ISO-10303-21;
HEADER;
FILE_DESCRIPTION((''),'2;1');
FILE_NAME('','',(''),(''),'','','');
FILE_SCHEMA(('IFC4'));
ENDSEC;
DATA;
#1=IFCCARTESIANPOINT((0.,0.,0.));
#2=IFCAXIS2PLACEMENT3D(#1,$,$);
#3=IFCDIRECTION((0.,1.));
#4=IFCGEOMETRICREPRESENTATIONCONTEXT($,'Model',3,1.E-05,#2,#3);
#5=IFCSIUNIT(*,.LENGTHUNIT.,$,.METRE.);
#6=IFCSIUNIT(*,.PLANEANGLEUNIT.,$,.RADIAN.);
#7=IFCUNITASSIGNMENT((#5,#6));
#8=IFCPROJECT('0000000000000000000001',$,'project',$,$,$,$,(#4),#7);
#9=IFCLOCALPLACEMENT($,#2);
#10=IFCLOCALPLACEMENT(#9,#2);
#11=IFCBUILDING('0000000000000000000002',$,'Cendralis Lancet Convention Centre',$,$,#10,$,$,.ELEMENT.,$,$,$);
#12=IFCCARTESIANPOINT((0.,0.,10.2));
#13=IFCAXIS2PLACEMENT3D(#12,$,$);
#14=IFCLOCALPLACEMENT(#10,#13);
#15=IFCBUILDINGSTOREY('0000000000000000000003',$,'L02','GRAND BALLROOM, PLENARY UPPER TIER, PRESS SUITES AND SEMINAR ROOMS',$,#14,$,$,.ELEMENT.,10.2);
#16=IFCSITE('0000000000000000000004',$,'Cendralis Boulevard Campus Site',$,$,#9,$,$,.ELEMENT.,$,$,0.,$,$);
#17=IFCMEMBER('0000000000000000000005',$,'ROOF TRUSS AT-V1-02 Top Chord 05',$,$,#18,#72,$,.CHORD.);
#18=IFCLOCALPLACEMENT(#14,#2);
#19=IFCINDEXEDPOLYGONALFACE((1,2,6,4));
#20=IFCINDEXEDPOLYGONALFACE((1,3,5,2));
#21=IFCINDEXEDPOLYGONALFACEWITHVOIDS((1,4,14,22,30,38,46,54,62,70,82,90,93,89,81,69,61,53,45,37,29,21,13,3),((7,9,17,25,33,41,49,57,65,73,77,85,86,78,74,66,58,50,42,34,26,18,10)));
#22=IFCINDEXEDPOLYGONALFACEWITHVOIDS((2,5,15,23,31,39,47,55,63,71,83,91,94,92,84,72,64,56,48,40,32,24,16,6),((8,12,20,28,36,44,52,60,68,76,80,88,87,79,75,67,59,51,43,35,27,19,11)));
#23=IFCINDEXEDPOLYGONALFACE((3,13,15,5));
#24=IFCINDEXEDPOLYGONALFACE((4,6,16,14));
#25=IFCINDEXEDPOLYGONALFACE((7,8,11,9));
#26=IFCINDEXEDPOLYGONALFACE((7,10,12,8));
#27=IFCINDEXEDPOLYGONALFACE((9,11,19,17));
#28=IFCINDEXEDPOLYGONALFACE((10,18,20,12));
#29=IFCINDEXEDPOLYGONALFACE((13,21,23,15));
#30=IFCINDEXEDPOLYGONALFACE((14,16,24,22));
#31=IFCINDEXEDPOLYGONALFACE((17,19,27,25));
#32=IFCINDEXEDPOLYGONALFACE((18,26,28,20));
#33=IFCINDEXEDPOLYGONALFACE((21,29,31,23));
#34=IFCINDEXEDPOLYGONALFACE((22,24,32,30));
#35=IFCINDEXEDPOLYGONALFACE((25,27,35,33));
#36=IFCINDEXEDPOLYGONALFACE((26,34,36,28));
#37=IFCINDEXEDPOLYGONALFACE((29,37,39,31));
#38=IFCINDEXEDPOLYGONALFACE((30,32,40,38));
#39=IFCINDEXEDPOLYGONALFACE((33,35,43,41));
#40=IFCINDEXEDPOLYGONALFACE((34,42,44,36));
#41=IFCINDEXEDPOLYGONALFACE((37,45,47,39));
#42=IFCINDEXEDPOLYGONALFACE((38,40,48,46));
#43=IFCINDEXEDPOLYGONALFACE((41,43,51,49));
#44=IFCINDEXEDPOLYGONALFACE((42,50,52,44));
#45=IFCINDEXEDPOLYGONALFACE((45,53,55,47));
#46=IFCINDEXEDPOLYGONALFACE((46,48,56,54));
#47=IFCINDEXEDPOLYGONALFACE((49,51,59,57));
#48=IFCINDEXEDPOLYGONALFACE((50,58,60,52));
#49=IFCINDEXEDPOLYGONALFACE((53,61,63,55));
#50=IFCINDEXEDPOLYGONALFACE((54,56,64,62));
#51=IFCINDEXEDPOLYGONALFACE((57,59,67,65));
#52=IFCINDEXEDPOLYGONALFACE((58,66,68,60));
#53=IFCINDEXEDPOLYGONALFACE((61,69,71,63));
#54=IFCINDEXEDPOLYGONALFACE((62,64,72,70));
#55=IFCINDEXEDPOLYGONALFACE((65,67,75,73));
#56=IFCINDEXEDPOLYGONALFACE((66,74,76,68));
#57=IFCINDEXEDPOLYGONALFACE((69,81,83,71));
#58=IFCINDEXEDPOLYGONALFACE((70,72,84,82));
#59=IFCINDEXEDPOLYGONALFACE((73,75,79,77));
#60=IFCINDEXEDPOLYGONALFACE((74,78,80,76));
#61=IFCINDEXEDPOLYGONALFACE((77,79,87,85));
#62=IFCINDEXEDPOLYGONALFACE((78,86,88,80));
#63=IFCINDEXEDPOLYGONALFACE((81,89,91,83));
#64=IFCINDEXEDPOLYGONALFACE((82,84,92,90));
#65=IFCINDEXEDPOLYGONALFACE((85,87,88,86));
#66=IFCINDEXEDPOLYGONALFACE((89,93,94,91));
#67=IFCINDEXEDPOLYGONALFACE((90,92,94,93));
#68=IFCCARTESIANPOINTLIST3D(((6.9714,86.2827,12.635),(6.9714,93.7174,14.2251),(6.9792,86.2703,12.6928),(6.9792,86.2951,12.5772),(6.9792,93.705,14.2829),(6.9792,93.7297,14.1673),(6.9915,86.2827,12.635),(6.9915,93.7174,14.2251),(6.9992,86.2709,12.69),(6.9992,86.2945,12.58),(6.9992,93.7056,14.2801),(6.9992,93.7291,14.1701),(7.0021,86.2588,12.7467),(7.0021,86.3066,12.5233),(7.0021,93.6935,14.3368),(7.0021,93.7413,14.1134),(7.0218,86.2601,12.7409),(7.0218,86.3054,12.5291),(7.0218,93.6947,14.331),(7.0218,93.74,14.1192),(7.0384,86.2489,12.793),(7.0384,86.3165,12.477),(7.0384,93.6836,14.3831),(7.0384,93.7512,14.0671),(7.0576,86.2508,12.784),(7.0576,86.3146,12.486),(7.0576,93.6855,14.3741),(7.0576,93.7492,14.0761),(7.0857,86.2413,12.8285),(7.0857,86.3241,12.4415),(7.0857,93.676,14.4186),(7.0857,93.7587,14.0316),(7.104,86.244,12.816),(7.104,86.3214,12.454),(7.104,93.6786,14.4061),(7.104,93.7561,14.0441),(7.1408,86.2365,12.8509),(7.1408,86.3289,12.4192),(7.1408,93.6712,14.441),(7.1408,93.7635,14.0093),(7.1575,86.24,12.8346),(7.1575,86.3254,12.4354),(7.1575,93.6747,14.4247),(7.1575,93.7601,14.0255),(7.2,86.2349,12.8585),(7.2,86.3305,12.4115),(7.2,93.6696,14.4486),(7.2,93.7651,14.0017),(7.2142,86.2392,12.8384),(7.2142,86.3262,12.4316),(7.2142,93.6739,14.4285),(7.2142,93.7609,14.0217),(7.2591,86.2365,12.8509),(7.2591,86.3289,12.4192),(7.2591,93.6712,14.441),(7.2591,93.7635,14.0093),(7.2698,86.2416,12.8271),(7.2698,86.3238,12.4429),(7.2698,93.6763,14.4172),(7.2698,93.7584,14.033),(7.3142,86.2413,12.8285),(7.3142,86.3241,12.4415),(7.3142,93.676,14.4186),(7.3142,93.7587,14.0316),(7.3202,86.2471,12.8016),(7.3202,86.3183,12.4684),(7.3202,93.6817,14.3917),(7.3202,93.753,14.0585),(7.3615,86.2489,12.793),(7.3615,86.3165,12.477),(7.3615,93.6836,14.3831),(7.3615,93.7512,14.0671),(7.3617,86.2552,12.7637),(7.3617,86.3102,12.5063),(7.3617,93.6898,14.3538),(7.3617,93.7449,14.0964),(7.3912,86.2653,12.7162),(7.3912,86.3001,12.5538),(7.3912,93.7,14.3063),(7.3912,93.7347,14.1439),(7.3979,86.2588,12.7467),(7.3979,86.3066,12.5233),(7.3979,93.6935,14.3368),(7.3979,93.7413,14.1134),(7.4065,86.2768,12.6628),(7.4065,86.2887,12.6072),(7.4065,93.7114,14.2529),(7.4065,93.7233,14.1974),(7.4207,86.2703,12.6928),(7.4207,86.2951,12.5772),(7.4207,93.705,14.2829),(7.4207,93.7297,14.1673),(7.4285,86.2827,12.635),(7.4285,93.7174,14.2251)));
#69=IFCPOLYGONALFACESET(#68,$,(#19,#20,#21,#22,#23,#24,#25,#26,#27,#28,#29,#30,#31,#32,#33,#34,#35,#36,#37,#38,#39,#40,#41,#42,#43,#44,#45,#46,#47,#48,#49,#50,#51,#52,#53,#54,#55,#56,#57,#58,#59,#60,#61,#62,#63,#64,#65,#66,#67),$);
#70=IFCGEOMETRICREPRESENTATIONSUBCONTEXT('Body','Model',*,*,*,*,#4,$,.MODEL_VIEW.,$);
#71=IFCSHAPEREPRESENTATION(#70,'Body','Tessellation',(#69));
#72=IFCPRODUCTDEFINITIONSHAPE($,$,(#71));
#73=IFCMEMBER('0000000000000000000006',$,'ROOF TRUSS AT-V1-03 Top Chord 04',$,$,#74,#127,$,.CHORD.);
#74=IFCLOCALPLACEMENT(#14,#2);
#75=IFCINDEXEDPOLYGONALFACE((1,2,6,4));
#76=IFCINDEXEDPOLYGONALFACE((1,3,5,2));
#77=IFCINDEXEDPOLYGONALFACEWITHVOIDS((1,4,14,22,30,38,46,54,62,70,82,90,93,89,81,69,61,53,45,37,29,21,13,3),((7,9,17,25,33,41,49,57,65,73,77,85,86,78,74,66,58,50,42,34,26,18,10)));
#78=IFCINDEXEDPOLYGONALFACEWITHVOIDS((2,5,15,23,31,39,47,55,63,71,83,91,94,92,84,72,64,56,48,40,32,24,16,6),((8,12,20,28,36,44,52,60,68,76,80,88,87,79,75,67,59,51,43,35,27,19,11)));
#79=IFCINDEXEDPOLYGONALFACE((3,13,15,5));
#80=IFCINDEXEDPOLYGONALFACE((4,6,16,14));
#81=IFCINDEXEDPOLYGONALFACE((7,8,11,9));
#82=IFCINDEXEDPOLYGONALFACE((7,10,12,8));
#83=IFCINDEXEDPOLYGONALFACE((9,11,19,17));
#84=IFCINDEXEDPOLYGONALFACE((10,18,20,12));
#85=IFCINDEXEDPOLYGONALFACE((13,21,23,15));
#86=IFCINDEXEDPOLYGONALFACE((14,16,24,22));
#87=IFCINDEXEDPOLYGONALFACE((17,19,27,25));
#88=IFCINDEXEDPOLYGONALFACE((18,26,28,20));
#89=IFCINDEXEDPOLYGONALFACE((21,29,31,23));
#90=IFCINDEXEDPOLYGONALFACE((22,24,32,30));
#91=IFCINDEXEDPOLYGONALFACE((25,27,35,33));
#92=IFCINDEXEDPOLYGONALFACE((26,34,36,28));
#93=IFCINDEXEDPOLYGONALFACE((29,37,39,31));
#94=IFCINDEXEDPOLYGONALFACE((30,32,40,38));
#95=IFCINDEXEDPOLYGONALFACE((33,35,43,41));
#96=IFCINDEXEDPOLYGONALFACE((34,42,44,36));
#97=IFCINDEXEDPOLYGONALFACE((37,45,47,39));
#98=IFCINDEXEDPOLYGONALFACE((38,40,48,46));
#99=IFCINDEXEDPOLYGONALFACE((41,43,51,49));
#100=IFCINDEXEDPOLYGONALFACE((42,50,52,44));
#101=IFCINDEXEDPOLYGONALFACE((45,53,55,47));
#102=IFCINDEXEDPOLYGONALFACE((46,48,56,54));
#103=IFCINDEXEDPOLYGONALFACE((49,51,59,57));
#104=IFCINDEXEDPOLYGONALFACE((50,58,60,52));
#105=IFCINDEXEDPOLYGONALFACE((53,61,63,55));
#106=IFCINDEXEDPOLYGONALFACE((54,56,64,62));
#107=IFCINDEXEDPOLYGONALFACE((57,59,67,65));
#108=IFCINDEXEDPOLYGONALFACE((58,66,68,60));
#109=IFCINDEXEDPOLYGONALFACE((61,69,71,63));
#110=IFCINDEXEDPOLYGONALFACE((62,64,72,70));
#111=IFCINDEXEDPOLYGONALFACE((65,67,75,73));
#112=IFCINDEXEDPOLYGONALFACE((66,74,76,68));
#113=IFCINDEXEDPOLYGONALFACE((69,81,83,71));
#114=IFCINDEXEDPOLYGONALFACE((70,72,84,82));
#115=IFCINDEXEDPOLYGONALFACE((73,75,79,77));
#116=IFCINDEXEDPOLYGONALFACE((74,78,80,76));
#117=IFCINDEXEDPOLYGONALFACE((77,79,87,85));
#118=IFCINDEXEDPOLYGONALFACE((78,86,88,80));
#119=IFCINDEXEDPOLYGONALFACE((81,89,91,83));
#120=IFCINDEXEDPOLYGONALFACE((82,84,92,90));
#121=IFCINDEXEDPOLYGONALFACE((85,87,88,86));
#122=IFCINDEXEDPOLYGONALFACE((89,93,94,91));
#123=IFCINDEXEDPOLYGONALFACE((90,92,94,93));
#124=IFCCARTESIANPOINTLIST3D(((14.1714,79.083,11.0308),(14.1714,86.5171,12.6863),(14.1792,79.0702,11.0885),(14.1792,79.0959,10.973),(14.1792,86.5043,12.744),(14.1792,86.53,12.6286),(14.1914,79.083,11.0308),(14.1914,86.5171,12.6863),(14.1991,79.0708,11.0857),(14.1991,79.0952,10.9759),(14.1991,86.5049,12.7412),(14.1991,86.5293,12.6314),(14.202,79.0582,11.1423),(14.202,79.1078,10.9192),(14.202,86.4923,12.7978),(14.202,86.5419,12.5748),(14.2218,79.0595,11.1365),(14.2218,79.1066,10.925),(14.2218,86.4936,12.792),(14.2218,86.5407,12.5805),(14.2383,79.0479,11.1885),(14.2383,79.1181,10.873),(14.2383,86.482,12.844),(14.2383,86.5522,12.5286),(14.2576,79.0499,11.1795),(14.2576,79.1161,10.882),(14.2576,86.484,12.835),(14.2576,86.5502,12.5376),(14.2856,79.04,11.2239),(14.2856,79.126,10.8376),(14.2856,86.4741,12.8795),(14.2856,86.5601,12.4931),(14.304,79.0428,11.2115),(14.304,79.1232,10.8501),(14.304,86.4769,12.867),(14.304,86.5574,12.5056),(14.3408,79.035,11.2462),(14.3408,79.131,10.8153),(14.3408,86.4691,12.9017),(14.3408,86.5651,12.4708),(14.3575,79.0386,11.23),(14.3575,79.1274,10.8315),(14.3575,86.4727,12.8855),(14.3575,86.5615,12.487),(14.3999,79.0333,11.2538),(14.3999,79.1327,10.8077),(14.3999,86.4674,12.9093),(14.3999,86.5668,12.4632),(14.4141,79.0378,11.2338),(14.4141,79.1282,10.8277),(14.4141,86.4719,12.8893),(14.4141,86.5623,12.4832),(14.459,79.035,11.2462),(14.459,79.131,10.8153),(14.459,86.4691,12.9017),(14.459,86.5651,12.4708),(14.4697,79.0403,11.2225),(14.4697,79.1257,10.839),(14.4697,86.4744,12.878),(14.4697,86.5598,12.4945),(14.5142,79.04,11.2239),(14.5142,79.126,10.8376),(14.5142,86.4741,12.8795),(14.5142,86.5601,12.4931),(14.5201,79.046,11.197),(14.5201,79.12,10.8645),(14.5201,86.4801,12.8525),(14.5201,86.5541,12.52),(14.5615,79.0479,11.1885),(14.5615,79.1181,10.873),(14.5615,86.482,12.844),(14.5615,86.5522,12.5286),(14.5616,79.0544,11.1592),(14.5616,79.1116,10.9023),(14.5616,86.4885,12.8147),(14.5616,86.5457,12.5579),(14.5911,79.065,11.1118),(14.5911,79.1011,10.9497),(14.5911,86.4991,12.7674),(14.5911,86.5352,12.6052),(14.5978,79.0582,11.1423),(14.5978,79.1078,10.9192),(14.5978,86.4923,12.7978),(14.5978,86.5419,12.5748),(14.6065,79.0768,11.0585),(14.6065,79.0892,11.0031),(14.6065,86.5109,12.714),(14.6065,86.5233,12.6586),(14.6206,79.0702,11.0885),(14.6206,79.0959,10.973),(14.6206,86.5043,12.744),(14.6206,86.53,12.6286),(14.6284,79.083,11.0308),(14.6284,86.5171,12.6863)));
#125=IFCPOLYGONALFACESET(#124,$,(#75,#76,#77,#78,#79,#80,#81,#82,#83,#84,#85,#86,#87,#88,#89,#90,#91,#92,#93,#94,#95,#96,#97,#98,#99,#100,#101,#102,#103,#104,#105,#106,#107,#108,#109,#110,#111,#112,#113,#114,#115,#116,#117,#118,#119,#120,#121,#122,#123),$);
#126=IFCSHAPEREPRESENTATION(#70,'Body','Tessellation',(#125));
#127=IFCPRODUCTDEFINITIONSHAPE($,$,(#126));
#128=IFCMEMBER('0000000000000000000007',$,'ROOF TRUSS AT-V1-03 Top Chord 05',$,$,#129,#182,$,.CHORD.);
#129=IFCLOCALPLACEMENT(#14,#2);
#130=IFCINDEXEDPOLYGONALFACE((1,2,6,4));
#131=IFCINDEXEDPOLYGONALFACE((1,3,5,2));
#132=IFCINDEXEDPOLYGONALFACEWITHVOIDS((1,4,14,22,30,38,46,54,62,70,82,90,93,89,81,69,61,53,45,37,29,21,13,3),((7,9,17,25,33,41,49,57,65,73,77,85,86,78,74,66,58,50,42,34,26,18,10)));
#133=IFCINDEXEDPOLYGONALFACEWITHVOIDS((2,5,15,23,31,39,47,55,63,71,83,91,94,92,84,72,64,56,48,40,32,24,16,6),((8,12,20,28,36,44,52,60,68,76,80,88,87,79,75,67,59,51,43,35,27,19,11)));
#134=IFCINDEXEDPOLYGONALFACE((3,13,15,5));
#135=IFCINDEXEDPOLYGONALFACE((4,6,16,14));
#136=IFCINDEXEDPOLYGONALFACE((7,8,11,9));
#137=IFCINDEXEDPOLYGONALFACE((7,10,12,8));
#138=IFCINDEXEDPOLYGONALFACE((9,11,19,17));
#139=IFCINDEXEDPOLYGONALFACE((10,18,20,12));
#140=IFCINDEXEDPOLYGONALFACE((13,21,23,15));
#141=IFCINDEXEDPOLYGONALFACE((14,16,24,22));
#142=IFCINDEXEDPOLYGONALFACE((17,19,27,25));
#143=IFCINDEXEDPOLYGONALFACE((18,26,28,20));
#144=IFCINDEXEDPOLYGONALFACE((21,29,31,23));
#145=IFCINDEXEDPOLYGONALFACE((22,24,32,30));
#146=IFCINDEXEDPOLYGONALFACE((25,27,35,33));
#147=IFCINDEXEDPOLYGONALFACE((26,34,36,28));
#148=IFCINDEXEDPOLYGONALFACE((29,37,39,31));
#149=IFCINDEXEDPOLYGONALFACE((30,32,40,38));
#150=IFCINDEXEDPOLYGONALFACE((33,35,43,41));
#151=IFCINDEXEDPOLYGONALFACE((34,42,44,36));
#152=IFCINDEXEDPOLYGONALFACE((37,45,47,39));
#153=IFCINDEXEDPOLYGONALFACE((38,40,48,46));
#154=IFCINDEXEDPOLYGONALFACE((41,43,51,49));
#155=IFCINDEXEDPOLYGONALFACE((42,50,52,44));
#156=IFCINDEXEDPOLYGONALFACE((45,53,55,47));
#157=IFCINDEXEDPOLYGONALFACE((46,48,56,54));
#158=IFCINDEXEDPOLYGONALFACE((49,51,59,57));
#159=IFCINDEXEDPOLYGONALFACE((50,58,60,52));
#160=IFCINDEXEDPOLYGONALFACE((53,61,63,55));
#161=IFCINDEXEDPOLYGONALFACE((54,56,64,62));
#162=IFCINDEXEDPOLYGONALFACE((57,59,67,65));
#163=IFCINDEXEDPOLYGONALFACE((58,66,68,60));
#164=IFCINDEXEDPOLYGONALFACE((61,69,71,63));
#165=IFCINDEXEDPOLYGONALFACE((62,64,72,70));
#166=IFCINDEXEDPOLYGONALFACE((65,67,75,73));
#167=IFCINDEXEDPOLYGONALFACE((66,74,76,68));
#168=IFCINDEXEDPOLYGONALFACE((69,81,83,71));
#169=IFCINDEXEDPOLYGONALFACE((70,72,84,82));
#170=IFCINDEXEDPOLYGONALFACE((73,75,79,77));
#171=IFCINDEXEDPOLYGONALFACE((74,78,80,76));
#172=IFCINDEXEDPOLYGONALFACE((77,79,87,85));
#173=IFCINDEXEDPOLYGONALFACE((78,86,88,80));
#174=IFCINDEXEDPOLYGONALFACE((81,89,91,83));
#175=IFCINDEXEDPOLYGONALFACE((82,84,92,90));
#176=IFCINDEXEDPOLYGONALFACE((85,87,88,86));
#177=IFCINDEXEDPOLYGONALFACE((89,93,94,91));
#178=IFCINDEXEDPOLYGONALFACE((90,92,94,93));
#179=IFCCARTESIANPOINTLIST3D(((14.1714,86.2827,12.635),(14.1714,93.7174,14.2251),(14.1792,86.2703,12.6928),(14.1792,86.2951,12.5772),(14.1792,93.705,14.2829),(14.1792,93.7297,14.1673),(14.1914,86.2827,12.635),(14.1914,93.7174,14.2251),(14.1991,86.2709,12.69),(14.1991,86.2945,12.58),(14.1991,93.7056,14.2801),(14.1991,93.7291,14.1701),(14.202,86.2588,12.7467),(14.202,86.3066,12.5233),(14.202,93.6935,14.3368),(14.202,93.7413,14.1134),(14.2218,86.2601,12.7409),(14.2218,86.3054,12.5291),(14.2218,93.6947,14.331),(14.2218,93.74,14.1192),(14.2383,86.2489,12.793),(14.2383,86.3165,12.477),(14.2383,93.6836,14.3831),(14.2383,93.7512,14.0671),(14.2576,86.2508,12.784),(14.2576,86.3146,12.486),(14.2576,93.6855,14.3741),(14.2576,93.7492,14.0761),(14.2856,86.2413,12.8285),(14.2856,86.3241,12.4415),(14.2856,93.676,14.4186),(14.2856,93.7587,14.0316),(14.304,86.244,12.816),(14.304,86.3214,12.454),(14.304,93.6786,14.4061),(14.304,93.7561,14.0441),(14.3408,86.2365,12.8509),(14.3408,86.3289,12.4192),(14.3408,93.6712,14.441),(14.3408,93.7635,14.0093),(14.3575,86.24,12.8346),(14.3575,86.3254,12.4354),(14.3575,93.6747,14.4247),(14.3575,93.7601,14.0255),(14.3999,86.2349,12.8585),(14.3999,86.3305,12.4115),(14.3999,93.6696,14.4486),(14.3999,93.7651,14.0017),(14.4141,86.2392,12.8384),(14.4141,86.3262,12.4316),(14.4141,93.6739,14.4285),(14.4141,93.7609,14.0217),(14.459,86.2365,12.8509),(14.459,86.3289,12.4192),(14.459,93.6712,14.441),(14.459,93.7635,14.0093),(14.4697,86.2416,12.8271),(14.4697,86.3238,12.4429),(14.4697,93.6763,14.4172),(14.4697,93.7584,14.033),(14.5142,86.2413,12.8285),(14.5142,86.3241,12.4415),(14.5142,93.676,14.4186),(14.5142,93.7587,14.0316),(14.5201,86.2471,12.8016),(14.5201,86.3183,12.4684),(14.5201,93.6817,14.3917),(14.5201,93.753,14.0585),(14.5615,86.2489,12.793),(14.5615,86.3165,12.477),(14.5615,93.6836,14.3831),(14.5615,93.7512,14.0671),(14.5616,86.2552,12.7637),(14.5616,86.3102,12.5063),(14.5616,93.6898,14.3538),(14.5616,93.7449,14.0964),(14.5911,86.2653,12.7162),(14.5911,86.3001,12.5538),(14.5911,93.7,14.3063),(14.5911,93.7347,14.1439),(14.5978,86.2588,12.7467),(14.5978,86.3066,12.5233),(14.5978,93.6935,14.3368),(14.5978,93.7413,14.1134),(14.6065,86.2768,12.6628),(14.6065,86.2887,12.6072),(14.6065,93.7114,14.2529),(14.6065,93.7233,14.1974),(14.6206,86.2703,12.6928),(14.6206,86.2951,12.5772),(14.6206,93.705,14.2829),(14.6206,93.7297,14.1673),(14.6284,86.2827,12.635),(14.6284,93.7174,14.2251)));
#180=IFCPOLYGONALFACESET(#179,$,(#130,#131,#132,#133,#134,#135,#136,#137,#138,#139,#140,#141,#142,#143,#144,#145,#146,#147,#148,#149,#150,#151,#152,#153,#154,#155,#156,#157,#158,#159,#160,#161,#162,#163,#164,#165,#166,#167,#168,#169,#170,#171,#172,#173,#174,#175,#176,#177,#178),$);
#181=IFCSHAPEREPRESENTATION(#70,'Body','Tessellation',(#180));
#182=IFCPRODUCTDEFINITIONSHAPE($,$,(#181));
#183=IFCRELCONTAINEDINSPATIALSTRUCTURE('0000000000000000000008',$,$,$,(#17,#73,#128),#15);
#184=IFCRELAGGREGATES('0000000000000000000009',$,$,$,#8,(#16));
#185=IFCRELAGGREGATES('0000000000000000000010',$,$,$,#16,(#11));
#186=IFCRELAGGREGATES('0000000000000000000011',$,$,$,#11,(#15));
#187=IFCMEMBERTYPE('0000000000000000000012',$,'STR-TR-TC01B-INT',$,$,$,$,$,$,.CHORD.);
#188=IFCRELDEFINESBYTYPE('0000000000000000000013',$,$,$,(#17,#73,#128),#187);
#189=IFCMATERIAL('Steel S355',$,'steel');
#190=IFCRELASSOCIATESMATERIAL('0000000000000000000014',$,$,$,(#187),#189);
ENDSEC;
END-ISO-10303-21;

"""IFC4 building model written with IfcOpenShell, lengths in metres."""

from ifc_helpers import new_model, si_unit, direction, frame, origin, origin_2d, place, context, subcontext, project, spatial, hollow_circle, extrude, material, material_profile, profile_set, type_object, element, save


model = new_model("IFC4")

# Units and contexts
model_context = context("Model", 3, precision=1e-05, world=origin(), true_north=direction((0.0, 1.0)))
body_context = subcontext(model_context, "Body", "Model", "MODEL_VIEW")
ifc_project = project(units=[si_unit("LENGTHUNIT", "METRE"), si_unit("PLANEANGLEUNIT", "RADIAN")], contexts=[model_context])

# Site, building, storey
site_placement = place(None, origin())
site = spatial("IfcSite", under=ifc_project, at=site_placement, Name="Cendralis Boulevard Campus Site", CompositionType="ELEMENT", RefElevation=0.0)
building_placement = place(site_placement, origin())
building = spatial("IfcBuilding", under=site, at=building_placement, Name="Cendralis Lancet Convention Centre", CompositionType="ELEMENT")
storey_placement = place(building_placement, frame((0.0, 0.0, 10.2)))
storey = spatial("IfcBuildingStorey", under=building, at=storey_placement, Name="L02", Description="GRAND BALLROOM, PLENARY UPPER TIER, PRESS SUITES AND SEMINAR ROOMS", CompositionType="ELEMENT", Elevation=10.2)

# Members
ifc_material = material(Name="Steel S355", Category="steel")
ifc_material_profile_1 = material_profile(ifc_material, hollow_circle(Radius=0.2285, WallThickness=0.02, at=origin_2d()), Name="CHS 457.0x20.0")
ifc_profile_set_1 = profile_set([ifc_material_profile_1], Name="Steel S355")
member_type_1 = type_object("IfcMemberType", Name="STR-TR-TC01B-INT", PredefinedType="CHORD", material=ifc_profile_set_1)
member_1_placement = place(storey_placement, frame((7.2, 86.2827, 12.635), z_axis=(0.0, 0.977884, 0.209147), x_axis=(-1.0, 0.0, 0.0)))
element("IfcMember", 1, at=member_1_placement, inside=storey, type_object=member_type_1, Name="ROOF TRUSS AT-V1-02 Top Chord 05", PredefinedType="CHORD", context=body_context, shape_type="SweptSolid", body=[
    extrude(hollow_circle(Radius=0.2285, WallThickness=0.02, at=origin_2d()), origin(), (0.0, 0.0, 1.0), 7.6028),
])
member_2_placement = place(storey_placement, frame((14.3999, 79.083, 11.0308), z_axis=(0.0, 0.97609, 0.217368), x_axis=(-1.0, 0.0, 0.0)))
element("IfcMember", 2, at=member_2_placement, inside=storey, type_object=member_type_1, Name="ROOF TRUSS AT-V1-03 Top Chord 04", PredefinedType="CHORD", context=body_context, shape_type="SweptSolid", body=[
    extrude(hollow_circle(Radius=0.2285, WallThickness=0.02, at=origin_2d()), origin(), (0.0, 0.0, 1.0), 7.6162),
])
member_3_placement = place(storey_placement, frame((14.3999, 86.2827, 12.635), z_axis=(0.0, 0.977884, 0.209147), x_axis=(-1.0, 0.0, 0.0)))
element("IfcMember", 3, at=member_3_placement, inside=storey, type_object=member_type_1, Name="ROOF TRUSS AT-V1-03 Top Chord 05", PredefinedType="CHORD", context=body_context, shape_type="SweptSolid", body=[
    extrude(hollow_circle(Radius=0.2285, WallThickness=0.02, at=origin_2d()), origin(), (0.0, 0.0, 1.0), 7.6028),
])

save(model, "model.ifc")
